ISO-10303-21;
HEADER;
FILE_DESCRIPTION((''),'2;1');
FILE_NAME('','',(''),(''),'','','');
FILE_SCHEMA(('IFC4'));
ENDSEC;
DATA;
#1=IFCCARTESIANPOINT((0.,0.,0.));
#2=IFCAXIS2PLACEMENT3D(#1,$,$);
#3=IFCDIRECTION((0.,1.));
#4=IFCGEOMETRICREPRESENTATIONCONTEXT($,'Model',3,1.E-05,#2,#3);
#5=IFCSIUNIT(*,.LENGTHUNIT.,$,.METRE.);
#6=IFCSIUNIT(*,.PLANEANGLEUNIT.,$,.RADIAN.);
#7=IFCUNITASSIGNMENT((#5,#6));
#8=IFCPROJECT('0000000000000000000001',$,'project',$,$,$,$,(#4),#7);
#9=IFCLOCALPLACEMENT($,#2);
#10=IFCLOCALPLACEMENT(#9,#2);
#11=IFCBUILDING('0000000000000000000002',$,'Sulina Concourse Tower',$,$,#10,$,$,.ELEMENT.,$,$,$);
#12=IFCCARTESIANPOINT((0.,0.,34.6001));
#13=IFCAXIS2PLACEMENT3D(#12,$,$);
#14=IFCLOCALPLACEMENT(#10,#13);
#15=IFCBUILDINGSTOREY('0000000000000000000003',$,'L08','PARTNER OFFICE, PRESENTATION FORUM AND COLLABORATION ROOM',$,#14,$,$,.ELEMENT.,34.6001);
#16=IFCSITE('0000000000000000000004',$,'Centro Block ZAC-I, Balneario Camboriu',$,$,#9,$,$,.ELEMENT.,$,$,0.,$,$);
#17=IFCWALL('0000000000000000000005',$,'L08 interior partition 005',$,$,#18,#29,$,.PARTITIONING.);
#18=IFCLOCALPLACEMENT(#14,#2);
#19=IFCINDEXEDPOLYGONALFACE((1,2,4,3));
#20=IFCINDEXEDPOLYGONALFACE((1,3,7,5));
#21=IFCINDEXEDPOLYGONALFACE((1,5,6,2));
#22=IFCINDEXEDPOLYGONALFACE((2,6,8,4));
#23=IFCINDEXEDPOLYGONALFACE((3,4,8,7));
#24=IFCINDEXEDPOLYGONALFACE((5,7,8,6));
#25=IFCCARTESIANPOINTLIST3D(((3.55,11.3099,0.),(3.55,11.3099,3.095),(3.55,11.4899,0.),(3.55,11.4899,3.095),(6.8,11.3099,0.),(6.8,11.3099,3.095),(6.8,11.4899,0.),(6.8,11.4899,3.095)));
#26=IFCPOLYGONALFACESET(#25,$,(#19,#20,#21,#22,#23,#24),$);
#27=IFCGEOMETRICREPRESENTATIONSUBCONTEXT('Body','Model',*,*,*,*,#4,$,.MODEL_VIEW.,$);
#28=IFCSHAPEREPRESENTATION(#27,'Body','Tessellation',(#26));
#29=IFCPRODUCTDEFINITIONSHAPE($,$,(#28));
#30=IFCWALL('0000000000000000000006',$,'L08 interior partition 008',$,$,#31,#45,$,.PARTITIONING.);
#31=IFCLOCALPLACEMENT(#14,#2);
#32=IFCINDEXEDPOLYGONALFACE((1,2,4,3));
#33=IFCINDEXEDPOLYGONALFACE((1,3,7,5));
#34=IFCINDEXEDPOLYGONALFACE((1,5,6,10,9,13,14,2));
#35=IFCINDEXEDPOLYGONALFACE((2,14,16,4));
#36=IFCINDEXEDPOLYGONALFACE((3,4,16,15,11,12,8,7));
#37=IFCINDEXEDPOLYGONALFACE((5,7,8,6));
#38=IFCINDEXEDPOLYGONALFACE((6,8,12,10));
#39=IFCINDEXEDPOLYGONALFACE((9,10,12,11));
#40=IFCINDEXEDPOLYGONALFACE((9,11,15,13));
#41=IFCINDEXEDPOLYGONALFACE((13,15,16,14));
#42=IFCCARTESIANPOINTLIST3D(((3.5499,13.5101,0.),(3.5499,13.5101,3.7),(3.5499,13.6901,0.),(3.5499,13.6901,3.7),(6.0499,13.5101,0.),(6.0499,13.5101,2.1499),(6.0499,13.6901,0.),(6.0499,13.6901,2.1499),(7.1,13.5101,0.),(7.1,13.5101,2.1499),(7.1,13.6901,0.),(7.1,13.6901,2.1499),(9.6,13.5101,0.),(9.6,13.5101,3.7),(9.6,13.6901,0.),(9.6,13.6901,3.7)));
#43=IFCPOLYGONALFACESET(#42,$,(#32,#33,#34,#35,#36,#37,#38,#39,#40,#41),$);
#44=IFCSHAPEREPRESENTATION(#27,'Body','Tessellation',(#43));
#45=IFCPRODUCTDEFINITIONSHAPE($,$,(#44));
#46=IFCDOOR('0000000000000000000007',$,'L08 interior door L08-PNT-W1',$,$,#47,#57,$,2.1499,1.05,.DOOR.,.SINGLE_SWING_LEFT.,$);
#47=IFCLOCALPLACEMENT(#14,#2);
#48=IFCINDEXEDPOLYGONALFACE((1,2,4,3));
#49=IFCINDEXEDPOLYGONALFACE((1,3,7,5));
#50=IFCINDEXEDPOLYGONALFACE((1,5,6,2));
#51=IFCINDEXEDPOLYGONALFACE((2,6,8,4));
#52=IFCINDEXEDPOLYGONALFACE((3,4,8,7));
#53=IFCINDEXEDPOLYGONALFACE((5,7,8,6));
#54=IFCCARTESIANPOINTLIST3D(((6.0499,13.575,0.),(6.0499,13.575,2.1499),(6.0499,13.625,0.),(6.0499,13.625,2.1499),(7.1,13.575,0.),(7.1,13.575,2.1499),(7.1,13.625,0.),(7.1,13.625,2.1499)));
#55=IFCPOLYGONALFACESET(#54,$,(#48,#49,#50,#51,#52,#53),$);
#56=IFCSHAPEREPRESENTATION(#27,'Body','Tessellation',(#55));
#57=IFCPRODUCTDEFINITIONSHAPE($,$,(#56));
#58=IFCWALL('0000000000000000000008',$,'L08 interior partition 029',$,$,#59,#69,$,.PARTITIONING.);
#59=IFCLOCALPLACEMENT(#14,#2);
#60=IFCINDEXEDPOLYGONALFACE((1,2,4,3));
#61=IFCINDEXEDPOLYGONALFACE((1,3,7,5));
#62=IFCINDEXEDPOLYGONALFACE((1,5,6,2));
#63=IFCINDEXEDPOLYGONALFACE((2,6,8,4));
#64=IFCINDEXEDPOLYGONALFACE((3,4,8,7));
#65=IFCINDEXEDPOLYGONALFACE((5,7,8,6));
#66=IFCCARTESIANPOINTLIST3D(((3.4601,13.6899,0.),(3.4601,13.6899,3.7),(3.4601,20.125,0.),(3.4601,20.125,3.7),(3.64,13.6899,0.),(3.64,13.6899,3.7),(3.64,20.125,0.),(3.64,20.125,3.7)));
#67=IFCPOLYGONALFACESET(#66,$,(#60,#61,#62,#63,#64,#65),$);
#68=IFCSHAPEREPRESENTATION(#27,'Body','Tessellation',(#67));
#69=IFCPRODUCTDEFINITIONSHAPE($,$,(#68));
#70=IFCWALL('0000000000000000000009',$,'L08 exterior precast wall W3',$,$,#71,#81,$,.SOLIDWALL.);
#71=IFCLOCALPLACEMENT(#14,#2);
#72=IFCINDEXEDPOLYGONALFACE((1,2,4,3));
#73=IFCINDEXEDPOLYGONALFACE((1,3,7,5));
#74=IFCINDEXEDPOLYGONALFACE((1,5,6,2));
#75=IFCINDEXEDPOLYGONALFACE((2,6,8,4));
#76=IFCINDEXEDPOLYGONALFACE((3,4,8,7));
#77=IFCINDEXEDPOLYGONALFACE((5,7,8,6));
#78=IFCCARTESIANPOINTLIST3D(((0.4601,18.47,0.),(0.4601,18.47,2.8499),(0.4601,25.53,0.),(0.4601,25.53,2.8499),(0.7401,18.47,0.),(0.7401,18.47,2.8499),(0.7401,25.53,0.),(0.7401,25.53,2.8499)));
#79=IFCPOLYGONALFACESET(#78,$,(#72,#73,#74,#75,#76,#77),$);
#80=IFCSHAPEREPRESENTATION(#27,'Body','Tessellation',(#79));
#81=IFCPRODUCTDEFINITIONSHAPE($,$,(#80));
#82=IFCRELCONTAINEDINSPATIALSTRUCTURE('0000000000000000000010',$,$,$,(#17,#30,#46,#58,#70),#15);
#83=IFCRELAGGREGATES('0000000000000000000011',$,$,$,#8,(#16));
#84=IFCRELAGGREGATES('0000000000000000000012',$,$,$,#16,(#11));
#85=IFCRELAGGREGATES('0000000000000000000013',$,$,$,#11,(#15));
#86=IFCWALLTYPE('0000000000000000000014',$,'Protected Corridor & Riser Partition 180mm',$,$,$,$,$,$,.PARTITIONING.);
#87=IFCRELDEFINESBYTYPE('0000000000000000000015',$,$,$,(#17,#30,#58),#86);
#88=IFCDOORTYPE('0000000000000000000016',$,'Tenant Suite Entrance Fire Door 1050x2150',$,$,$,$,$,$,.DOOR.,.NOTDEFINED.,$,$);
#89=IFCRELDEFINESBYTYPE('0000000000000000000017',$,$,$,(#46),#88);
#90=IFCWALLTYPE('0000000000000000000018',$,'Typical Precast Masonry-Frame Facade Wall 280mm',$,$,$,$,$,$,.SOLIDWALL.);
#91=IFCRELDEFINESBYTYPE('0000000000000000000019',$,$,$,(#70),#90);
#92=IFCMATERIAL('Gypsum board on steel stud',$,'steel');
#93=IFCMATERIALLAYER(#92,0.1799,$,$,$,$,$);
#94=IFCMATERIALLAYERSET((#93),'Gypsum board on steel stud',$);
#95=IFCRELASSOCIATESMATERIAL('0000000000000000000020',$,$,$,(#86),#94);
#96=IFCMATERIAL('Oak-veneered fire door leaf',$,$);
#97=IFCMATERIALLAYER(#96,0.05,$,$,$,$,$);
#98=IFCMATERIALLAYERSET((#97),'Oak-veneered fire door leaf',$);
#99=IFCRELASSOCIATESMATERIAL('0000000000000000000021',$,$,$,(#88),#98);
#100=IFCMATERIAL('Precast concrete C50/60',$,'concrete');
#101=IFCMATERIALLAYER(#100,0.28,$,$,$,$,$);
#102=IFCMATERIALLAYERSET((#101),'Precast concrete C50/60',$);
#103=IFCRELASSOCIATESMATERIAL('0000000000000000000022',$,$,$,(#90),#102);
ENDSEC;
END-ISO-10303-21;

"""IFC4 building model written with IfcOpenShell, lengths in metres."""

from ifc_helpers import new_model, si_unit, direction, frame, frame_2d, origin, place, context, subcontext, project, spatial, rectangle, extrude, material, layer, layer_set, type_object, element, fill, save


model = new_model("IFC4")

# Units and contexts
model_context = context("Model", 3, precision=1e-05, world=origin(), true_north=direction((0.0, 1.0)))
body_context = subcontext(model_context, "Body", "Model", "MODEL_VIEW")
ifc_project = project(units=[si_unit("LENGTHUNIT", "METRE"), si_unit("PLANEANGLEUNIT", "RADIAN")], contexts=[model_context])

# Site, building, storey
site_placement = place(None, origin())
site = spatial("IfcSite", under=ifc_project, at=site_placement, Name="Centro Block ZAC-I, Balneario Camboriu", CompositionType="ELEMENT", RefElevation=0.0)
building_placement = place(site_placement, origin())
building = spatial("IfcBuilding", under=site, at=building_placement, Name="Sulina Concourse Tower", CompositionType="ELEMENT")
storey_placement = place(building_placement, frame((0.0, 0.0, 34.6001)))
storey = spatial("IfcBuildingStorey", under=building, at=storey_placement, Name="L08", Description="PARTNER OFFICE, PRESENTATION FORUM AND COLLABORATION ROOM", CompositionType="ELEMENT", Elevation=34.6001)

# Shared definitions
ifc_material_1 = material(Name="Gypsum board on steel stud", Category="steel")
ifc_layer_1 = layer(ifc_material_1, 0.1799)
ifc_layer_set_1 = layer_set([ifc_layer_1], Name="Gypsum board on steel stud")
wall_type_1 = type_object("IfcWallType", Name="Protected Corridor & Riser Partition 180mm", PredefinedType="PARTITIONING", material=ifc_layer_set_1)
ifc_material_2 = material(Name="Oak-veneered fire door leaf")
ifc_layer_2 = layer(ifc_material_2, 0.05)
ifc_layer_set_2 = layer_set([ifc_layer_2], Name="Oak-veneered fire door leaf")
door_type = type_object("IfcDoorType", Name="Tenant Suite Entrance Fire Door 1050x2150", OperationType="NOTDEFINED", PredefinedType="DOOR", material=ifc_layer_set_2)

# Wall
wall_1_placement = place(storey_placement, frame((3.55, 11.3999, 0.0), z_axis=(0.0, 0.0, 1.0), x_axis=(1.0, 0.0, 0.0)))
element("IfcWall", 1, at=wall_1_placement, inside=storey, type_object=wall_type_1, Name="L08 interior partition 005", PredefinedType="PARTITIONING", context=body_context, shape_type="SweptSolid", body=[
    extrude(rectangle(XDim=3.25, YDim=0.1799, at=frame_2d((1.625, 0.0))), origin(), (0.0, 0.0, 1.0), 3.095),
])

# Wall, opening, door
wall_2_placement = place(storey_placement, frame((3.55, 13.6001, 0.0), z_axis=(0.0, 0.0, 1.0), x_axis=(1.0, 0.0, 0.0)))
wall_2 = element("IfcWall", 2, at=wall_2_placement, inside=storey, type_object=wall_type_1, Name="L08 interior partition 008", PredefinedType="PARTITIONING", context=body_context, shape_type="SweptSolid", body=[
    extrude(rectangle(XDim=6.05, YDim=0.1799, at=frame_2d((3.0249, 0.0))), origin(), (0.0, 0.0, 1.0), 3.7),
])
opening_1_placement = place(wall_2_placement, frame((2.5, 0.0, 0.0)))
opening_1 = element("IfcOpeningElement", 3, at=opening_1_placement, cuts=wall_2, PredefinedType="OPENING", context=body_context, shape_type="SweptSolid", body=[
    extrude(rectangle(XDim=1.05, YDim=2.1499, at=frame_2d((0.5249, 1.075))), frame((0.0, 0.0999, 0.0), z_axis=(0.0, -1.0, 0.0), x_axis=(1.0, 0.0, 0.0)), (0.0, 0.0, 1.0), 0.2),
])
door_1_placement = place(opening_1_placement, origin())
door_1 = element("IfcDoor", 4, at=door_1_placement, inside=storey, type_object=door_type, Name="L08 interior door L08-PNT-W1", OperationType="SINGLE_SWING_LEFT", OverallHeight=2.1499, OverallWidth=1.05, PredefinedType="DOOR", context=body_context, shape_type="SweptSolid", body=[
    extrude(rectangle(XDim=1.05, YDim=2.1499, at=frame_2d((0.5249, 1.075))), frame((0.0, 0.0249, 0.0), z_axis=(0.0, -1.0, 0.0), x_axis=(1.0, 0.0, 0.0)), (0.0, 0.0, 1.0), 0.05),
])
fill(opening_1, door_1)

# Walls
wall_3_placement = place(storey_placement, frame((3.55, 13.6899, 0.0), z_axis=(0.0, 0.0, 1.0), x_axis=(0.0, 1.0, 0.0)))
element("IfcWall", 5, at=wall_3_placement, inside=storey, type_object=wall_type_1, Name="L08 interior partition 029", PredefinedType="PARTITIONING", context=body_context, shape_type="SweptSolid", body=[
    extrude(rectangle(XDim=6.4351, YDim=0.1799, at=frame_2d((3.2175, 0.0))), origin(), (0.0, 0.0, 1.0), 3.7),
])
ifc_material_3 = material(Name="Precast concrete C50/60", Category="concrete")
ifc_layer_3 = layer(ifc_material_3, 0.28)
ifc_layer_set_3 = layer_set([ifc_layer_3], Name="Precast concrete C50/60")
wall_type_2 = type_object("IfcWallType", Name="Typical Precast Masonry-Frame Facade Wall 280mm", PredefinedType="SOLIDWALL", material=ifc_layer_set_3)
wall_4_placement = place(storey_placement, frame((0.6001, 18.47, 0.0), z_axis=(0.0, 0.0, 1.0), x_axis=(0.0, 1.0, 0.0)))
element("IfcWall", 6, at=wall_4_placement, inside=storey, type_object=wall_type_2, Name="L08 exterior precast wall W3", PredefinedType="SOLIDWALL", context=body_context, shape_type="SweptSolid", body=[
    extrude(rectangle(XDim=7.0601, YDim=0.28, at=frame_2d((3.53, 0.0))), origin(), (0.0, 0.0, 1.0), 2.8499),
])

save(model, "model.ifc")
